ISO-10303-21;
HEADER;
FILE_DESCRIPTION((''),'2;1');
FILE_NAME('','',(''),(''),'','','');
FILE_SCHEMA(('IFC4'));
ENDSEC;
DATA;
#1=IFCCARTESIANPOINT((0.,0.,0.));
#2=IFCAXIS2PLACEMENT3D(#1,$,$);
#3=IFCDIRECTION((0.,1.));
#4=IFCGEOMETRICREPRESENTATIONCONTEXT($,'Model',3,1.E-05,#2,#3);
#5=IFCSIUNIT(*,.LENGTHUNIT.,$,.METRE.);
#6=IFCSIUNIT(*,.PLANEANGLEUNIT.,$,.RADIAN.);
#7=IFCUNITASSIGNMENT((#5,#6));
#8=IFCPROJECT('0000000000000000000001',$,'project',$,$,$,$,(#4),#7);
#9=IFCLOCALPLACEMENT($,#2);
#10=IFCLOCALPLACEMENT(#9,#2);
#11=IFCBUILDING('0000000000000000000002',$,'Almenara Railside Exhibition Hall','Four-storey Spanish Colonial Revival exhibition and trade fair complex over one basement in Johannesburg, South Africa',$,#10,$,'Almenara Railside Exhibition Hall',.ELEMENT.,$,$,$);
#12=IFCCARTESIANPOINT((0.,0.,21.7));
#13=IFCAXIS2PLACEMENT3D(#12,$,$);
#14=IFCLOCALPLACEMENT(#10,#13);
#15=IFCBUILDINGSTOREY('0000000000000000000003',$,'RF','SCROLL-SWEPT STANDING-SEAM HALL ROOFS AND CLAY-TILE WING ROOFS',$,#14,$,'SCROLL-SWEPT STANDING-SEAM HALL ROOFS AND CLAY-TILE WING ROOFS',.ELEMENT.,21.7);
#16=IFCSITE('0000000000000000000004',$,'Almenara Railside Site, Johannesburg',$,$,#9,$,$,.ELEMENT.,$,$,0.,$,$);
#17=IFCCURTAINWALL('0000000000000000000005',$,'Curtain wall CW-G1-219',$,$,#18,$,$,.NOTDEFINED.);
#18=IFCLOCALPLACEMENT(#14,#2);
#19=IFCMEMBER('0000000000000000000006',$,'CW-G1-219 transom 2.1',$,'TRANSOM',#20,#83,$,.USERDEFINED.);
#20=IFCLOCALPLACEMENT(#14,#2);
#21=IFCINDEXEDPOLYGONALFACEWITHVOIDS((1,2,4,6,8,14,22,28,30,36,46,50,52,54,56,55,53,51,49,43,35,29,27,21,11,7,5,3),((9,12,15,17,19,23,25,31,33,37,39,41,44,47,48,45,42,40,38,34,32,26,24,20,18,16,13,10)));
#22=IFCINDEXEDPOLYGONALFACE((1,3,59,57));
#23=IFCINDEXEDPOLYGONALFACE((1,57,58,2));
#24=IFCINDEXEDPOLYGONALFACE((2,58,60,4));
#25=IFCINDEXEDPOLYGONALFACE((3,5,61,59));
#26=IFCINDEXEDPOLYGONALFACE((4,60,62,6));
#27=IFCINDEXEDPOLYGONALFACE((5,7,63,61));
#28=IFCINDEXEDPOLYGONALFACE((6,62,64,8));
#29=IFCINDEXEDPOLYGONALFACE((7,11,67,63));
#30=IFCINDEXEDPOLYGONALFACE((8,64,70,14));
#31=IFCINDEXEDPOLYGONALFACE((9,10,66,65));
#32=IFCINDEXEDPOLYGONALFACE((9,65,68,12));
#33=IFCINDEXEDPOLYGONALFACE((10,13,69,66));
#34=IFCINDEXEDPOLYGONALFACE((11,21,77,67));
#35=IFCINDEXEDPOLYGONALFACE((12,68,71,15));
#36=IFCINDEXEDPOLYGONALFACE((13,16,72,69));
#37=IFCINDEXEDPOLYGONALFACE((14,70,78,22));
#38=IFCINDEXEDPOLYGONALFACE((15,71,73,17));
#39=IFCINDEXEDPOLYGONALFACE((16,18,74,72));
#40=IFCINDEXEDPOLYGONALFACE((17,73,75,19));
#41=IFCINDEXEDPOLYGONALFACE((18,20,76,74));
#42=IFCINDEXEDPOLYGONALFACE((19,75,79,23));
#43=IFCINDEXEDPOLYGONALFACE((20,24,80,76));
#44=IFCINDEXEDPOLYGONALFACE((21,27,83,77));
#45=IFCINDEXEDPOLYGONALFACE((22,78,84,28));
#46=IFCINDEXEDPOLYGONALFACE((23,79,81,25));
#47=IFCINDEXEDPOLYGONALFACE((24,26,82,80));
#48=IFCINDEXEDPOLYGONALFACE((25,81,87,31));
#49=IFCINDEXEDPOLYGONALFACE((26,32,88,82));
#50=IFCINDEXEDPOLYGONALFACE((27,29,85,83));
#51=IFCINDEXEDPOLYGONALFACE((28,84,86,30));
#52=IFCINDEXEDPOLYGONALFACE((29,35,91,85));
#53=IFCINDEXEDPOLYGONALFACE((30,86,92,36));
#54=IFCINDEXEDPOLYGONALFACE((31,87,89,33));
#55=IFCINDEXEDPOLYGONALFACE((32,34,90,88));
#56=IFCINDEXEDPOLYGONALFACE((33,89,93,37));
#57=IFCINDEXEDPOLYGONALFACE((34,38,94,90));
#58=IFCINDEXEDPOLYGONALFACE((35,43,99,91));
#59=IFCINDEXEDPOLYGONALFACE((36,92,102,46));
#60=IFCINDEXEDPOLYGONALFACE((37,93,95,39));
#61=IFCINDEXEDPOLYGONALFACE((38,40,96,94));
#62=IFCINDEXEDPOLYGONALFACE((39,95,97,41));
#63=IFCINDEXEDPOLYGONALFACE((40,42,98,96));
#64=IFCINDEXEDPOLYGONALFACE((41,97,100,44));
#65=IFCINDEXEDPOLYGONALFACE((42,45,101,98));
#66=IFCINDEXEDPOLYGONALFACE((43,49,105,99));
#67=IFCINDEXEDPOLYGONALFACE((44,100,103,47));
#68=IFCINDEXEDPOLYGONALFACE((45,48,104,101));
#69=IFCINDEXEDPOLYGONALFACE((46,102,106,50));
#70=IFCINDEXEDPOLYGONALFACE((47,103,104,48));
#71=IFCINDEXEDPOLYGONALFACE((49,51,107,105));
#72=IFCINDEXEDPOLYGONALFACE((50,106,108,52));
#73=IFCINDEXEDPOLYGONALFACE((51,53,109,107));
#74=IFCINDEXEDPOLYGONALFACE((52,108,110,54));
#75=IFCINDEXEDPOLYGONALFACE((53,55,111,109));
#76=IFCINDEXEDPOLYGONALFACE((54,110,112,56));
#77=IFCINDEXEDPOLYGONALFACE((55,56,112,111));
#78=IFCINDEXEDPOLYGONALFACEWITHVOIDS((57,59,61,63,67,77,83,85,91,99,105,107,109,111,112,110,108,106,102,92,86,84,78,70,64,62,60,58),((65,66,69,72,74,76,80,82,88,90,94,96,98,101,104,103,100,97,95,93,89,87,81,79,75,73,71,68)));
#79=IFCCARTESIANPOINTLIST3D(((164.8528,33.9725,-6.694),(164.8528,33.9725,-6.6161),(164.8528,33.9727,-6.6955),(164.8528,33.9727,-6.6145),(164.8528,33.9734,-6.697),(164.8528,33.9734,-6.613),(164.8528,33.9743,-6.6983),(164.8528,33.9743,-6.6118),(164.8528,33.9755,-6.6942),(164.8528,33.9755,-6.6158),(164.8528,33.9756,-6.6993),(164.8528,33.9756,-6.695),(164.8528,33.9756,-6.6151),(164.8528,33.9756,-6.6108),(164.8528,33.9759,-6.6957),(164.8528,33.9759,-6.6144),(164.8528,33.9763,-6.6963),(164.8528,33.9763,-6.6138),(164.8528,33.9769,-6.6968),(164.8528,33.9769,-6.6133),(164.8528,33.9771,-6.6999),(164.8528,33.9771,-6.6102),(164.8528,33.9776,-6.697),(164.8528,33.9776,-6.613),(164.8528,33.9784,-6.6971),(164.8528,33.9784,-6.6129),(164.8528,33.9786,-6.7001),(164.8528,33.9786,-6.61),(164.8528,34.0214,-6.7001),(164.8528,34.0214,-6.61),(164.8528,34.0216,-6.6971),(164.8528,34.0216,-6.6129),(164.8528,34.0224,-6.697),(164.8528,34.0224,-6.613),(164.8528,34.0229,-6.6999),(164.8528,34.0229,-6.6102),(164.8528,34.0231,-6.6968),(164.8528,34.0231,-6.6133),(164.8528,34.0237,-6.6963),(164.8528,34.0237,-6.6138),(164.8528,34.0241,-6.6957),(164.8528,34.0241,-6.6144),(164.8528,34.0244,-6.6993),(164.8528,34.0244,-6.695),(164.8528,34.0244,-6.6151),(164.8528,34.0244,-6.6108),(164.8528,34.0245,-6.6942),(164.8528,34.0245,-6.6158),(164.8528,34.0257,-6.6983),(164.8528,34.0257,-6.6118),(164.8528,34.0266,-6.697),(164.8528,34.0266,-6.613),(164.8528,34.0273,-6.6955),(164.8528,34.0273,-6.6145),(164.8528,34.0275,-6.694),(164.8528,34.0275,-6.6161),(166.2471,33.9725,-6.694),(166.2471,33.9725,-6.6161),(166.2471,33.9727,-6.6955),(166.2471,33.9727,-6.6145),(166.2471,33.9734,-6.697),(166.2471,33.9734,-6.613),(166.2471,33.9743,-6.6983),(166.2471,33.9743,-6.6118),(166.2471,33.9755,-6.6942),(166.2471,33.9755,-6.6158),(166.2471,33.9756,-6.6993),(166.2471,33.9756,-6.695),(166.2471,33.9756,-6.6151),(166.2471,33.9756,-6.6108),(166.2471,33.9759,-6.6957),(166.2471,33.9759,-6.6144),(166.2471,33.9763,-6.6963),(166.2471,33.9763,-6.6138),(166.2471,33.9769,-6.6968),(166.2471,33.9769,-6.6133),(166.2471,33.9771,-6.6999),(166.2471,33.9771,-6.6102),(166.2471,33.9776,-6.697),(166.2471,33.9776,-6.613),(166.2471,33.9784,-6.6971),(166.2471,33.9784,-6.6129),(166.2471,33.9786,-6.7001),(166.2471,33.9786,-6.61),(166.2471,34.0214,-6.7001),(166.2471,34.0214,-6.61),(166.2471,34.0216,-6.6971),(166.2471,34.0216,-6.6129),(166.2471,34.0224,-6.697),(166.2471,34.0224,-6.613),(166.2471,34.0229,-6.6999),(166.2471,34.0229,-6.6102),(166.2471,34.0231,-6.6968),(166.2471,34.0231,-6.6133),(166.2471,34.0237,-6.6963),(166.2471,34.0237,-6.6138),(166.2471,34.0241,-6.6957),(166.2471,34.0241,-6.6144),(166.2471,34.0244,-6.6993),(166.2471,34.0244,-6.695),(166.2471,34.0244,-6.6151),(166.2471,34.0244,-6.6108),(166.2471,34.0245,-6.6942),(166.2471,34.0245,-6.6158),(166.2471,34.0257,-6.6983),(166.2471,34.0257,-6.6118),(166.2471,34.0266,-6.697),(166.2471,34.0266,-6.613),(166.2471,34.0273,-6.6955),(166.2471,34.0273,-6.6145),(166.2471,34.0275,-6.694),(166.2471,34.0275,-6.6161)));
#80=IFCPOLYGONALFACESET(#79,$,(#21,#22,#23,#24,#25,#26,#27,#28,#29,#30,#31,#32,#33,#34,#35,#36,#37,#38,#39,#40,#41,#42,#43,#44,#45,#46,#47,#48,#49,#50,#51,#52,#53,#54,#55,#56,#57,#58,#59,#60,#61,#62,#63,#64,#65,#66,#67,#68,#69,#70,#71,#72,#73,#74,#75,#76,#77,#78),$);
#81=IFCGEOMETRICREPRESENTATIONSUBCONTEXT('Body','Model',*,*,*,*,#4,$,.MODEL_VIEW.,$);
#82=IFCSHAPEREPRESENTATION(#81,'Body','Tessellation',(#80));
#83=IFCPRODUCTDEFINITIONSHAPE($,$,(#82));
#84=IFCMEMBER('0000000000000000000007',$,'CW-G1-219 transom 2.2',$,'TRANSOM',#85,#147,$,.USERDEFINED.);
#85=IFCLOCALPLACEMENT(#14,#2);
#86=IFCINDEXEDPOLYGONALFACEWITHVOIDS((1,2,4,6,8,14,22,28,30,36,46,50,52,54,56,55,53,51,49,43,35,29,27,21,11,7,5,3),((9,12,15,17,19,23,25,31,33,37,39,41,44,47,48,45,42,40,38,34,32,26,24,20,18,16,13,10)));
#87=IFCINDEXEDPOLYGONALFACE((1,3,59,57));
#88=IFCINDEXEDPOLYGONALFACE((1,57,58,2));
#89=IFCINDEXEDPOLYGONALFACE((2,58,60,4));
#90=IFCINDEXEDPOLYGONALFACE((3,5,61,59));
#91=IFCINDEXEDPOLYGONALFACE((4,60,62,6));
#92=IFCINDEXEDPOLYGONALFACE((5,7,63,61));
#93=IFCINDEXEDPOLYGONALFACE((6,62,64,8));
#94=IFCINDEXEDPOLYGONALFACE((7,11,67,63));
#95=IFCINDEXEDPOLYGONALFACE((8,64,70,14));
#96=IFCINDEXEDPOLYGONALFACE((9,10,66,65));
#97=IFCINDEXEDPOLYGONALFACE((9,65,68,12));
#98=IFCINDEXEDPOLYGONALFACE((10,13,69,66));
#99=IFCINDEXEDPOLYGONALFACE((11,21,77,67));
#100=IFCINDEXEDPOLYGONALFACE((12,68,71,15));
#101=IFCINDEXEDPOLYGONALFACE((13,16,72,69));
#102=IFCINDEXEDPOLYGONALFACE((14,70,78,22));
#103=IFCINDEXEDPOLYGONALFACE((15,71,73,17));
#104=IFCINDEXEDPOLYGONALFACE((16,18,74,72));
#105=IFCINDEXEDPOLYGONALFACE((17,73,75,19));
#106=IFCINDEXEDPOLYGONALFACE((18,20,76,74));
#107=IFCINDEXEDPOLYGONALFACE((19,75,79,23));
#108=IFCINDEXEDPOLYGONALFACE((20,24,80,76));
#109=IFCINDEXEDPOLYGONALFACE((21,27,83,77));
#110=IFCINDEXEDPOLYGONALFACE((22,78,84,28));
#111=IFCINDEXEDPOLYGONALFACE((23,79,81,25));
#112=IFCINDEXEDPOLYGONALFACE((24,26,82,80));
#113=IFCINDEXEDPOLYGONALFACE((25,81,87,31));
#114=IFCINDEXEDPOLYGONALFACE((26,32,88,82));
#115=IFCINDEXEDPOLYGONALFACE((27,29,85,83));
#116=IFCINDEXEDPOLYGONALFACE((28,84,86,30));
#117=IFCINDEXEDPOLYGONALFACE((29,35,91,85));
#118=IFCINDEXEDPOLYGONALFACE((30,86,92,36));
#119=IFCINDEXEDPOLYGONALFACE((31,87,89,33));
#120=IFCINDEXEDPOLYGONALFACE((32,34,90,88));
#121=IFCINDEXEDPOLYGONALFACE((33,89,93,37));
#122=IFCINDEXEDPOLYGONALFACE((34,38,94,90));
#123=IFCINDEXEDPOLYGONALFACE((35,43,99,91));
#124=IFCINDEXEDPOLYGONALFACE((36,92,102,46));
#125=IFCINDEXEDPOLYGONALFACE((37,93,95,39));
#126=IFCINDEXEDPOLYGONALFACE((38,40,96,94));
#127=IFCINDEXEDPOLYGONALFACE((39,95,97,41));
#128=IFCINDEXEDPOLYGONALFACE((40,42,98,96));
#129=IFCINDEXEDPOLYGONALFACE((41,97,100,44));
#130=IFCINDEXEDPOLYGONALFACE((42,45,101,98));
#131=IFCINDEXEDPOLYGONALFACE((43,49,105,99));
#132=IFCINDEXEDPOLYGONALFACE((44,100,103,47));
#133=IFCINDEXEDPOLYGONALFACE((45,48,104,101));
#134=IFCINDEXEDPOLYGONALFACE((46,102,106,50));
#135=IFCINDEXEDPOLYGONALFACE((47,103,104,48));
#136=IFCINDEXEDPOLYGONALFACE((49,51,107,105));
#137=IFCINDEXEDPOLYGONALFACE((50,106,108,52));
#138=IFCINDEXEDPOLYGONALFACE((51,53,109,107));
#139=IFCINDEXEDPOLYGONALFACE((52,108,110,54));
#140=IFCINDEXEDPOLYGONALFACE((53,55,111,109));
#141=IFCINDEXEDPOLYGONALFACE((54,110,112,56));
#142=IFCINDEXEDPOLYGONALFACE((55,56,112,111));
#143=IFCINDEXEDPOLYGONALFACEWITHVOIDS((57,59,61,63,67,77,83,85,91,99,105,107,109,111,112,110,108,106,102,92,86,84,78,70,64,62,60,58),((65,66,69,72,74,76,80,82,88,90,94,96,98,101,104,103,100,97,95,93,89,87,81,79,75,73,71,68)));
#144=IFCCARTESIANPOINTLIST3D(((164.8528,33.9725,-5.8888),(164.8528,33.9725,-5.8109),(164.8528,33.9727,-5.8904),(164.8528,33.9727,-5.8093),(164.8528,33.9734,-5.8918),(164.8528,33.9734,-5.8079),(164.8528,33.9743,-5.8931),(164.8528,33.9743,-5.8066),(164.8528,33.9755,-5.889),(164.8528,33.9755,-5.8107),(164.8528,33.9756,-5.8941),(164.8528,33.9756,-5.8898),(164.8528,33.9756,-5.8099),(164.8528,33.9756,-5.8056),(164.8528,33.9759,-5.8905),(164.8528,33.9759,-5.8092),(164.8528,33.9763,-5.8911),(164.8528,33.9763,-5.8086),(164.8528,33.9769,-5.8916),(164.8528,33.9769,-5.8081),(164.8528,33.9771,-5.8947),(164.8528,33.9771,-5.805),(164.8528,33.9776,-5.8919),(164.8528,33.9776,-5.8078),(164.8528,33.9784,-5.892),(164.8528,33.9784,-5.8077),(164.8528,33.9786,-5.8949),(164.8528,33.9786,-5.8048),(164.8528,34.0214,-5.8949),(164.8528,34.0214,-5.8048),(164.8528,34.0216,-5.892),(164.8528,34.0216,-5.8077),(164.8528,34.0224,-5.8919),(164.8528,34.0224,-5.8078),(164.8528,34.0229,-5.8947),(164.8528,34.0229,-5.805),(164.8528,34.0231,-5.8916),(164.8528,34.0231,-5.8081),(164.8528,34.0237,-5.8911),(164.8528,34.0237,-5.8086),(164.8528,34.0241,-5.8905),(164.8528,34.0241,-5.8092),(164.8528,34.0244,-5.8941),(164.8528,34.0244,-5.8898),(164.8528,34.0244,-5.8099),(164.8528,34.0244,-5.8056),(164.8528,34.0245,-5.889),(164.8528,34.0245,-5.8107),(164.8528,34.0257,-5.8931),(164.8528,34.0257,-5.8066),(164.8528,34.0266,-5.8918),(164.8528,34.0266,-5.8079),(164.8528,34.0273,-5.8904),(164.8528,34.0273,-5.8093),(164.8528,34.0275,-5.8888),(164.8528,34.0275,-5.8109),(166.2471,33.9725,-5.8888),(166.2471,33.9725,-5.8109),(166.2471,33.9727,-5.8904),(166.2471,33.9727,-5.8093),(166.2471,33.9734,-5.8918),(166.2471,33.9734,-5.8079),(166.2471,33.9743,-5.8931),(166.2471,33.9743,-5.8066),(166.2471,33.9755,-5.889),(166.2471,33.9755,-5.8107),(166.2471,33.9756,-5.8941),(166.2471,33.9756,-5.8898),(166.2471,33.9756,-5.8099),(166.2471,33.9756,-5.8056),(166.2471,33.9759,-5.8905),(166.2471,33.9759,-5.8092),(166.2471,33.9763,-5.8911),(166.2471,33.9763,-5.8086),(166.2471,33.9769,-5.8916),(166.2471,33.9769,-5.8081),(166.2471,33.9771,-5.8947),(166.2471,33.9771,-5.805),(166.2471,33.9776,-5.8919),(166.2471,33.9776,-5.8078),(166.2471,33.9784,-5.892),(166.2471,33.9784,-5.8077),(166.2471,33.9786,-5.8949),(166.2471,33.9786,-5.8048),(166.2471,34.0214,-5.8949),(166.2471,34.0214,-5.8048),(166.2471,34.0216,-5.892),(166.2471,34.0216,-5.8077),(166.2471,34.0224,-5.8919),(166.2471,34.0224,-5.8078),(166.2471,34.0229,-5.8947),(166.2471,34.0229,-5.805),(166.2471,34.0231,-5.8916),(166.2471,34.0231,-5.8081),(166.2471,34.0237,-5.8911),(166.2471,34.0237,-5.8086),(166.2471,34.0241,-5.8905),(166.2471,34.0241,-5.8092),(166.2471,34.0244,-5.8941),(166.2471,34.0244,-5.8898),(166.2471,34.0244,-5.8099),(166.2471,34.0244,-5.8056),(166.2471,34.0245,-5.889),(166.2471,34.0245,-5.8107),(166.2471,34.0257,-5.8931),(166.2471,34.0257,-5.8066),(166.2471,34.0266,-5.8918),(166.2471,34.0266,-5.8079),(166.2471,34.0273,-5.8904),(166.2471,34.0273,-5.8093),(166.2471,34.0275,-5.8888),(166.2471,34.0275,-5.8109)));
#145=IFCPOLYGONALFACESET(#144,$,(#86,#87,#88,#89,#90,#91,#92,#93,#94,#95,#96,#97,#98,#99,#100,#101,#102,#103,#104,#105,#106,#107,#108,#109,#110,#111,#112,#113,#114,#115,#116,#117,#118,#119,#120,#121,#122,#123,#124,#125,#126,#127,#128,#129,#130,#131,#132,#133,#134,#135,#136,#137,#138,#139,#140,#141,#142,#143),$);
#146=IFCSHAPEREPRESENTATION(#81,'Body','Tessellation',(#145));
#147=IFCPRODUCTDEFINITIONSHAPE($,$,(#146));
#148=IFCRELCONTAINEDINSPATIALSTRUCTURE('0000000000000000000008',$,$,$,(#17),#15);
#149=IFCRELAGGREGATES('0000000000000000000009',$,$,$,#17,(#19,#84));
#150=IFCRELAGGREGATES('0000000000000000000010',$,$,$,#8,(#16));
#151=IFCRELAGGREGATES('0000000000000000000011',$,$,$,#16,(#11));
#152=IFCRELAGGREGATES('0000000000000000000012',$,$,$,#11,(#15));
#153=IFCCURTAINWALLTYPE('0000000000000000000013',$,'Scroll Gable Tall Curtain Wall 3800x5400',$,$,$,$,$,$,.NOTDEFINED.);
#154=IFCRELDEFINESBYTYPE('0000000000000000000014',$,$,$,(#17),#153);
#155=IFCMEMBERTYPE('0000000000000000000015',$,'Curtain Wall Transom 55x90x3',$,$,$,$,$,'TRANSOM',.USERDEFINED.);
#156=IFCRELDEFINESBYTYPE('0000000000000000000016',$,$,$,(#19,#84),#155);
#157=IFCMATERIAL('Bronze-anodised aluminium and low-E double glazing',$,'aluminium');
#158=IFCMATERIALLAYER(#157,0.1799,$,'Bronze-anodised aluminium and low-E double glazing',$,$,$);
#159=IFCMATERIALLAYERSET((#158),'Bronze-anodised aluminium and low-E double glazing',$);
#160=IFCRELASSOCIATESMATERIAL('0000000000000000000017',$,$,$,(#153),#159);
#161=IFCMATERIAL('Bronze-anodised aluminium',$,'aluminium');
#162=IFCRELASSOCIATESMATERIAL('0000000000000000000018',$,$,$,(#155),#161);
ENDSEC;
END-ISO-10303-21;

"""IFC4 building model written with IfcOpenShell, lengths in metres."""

from ifc_helpers import new_model, si_unit, direction, frame, origin, origin_2d, place, context, subcontext, project, spatial, hollow_rectangle, extrude, material, layer, layer_set, material_profile, profile_set, type_object, element, aggregate, save


model = new_model("IFC4")

# Units and contexts
model_context = context("Model", 3, precision=1e-05, world=origin(), true_north=direction((0.0, 1.0)))
body_context = subcontext(model_context, "Body", "Model", "MODEL_VIEW")
ifc_project = project(units=[si_unit("LENGTHUNIT", "METRE"), si_unit("PLANEANGLEUNIT", "RADIAN")], contexts=[model_context])

# Site, building, storey
site_placement = place(None, origin())
site = spatial("IfcSite", under=ifc_project, at=site_placement, Name="Almenara Railside Site, Johannesburg", CompositionType="ELEMENT", RefElevation=0.0)
building_placement = place(site_placement, origin())
building = spatial("IfcBuilding", under=site, at=building_placement, Name="Almenara Railside Exhibition Hall", Description="Four-storey Spanish Colonial Revival exhibition and trade fair complex over one basement in Johannesburg, South Africa", LongName="Almenara Railside Exhibition Hall", CompositionType="ELEMENT")
storey_placement = place(building_placement, frame((0.0, 0.0, 21.7)))
storey = spatial("IfcBuildingStorey", under=building, at=storey_placement, Name="RF", Description="SCROLL-SWEPT STANDING-SEAM HALL ROOFS AND CLAY-TILE WING ROOFS", LongName="SCROLL-SWEPT STANDING-SEAM HALL ROOFS AND CLAY-TILE WING ROOFS", CompositionType="ELEMENT", Elevation=21.7)

# Curtain wall
ifc_material_1 = material(Name="Bronze-anodised aluminium and low-E double glazing", Category="aluminium")
ifc_layer_1 = layer(ifc_material_1, 0.1799, Name="Bronze-anodised aluminium and low-E double glazing")
ifc_layer_set_1 = layer_set([ifc_layer_1], Name="Bronze-anodised aluminium and low-E double glazing")
curtain_wall_type = type_object("IfcCurtainWallType", Name="Scroll Gable Tall Curtain Wall 3800x5400", PredefinedType="NOTDEFINED", material=ifc_layer_set_1)
curtain_wall_1_placement = place(storey_placement, origin())
curtain_wall_1 = element("IfcCurtainWall", 1, at=curtain_wall_1_placement, inside=storey, type_object=curtain_wall_type, Name="Curtain wall CW-G1-219", PredefinedType="NOTDEFINED")
ifc_material_2 = material(Name="Bronze-anodised aluminium", Category="aluminium")

# Members
ifc_material_profile_1 = material_profile(ifc_material_2, hollow_rectangle(XDim=0.0549, YDim=0.0901, WallThickness=0.0029, InnerFilletRadius=0.0029, OuterFilletRadius=0.0061, at=origin_2d()), Name="ALU-TRN 55x90x3")
ifc_profile_set_1 = profile_set([ifc_material_profile_1], Name="Bronze-anodised aluminium")
member_type_1 = type_object("IfcMemberType", Name="Curtain Wall Transom 55x90x3", ElementType="TRANSOM", PredefinedType="USERDEFINED", material=ifc_profile_set_1)
member_1_placement = place(storey_placement, frame((164.8528, 34.0, -6.655), z_axis=(1.0, 0.0, 0.0), x_axis=(0.0, 1.0, 0.0)))
member_1 = element("IfcMember", 2, at=member_1_placement, type_object=member_type_1, Name="CW-G1-219 transom 2.1", ObjectType="TRANSOM", PredefinedType="USERDEFINED", context=body_context, shape_type="SweptSolid", body=[
    extrude(hollow_rectangle(XDim=0.0549, YDim=0.0901, WallThickness=0.0029, InnerFilletRadius=0.0029, OuterFilletRadius=0.0061, at=origin_2d()), origin(), (0.0, 0.0, 1.0), 1.3943),
])
member_2_placement = place(storey_placement, frame((164.8528, 34.0, -5.8499), z_axis=(1.0, 0.0, 0.0), x_axis=(0.0, 1.0, 0.0)))
member_2 = element("IfcMember", 3, at=member_2_placement, type_object=member_type_1, Name="CW-G1-219 transom 2.2", ObjectType="TRANSOM", PredefinedType="USERDEFINED", context=body_context, shape_type="SweptSolid", body=[
    extrude(hollow_rectangle(XDim=0.0549, YDim=0.0901, WallThickness=0.0029, InnerFilletRadius=0.0029, OuterFilletRadius=0.0061, at=origin_2d()), origin(), (0.0, 0.0, 1.0), 1.3943),
])

aggregate(curtain_wall_1, [member_1, member_2])

save(model, "model.ifc")
